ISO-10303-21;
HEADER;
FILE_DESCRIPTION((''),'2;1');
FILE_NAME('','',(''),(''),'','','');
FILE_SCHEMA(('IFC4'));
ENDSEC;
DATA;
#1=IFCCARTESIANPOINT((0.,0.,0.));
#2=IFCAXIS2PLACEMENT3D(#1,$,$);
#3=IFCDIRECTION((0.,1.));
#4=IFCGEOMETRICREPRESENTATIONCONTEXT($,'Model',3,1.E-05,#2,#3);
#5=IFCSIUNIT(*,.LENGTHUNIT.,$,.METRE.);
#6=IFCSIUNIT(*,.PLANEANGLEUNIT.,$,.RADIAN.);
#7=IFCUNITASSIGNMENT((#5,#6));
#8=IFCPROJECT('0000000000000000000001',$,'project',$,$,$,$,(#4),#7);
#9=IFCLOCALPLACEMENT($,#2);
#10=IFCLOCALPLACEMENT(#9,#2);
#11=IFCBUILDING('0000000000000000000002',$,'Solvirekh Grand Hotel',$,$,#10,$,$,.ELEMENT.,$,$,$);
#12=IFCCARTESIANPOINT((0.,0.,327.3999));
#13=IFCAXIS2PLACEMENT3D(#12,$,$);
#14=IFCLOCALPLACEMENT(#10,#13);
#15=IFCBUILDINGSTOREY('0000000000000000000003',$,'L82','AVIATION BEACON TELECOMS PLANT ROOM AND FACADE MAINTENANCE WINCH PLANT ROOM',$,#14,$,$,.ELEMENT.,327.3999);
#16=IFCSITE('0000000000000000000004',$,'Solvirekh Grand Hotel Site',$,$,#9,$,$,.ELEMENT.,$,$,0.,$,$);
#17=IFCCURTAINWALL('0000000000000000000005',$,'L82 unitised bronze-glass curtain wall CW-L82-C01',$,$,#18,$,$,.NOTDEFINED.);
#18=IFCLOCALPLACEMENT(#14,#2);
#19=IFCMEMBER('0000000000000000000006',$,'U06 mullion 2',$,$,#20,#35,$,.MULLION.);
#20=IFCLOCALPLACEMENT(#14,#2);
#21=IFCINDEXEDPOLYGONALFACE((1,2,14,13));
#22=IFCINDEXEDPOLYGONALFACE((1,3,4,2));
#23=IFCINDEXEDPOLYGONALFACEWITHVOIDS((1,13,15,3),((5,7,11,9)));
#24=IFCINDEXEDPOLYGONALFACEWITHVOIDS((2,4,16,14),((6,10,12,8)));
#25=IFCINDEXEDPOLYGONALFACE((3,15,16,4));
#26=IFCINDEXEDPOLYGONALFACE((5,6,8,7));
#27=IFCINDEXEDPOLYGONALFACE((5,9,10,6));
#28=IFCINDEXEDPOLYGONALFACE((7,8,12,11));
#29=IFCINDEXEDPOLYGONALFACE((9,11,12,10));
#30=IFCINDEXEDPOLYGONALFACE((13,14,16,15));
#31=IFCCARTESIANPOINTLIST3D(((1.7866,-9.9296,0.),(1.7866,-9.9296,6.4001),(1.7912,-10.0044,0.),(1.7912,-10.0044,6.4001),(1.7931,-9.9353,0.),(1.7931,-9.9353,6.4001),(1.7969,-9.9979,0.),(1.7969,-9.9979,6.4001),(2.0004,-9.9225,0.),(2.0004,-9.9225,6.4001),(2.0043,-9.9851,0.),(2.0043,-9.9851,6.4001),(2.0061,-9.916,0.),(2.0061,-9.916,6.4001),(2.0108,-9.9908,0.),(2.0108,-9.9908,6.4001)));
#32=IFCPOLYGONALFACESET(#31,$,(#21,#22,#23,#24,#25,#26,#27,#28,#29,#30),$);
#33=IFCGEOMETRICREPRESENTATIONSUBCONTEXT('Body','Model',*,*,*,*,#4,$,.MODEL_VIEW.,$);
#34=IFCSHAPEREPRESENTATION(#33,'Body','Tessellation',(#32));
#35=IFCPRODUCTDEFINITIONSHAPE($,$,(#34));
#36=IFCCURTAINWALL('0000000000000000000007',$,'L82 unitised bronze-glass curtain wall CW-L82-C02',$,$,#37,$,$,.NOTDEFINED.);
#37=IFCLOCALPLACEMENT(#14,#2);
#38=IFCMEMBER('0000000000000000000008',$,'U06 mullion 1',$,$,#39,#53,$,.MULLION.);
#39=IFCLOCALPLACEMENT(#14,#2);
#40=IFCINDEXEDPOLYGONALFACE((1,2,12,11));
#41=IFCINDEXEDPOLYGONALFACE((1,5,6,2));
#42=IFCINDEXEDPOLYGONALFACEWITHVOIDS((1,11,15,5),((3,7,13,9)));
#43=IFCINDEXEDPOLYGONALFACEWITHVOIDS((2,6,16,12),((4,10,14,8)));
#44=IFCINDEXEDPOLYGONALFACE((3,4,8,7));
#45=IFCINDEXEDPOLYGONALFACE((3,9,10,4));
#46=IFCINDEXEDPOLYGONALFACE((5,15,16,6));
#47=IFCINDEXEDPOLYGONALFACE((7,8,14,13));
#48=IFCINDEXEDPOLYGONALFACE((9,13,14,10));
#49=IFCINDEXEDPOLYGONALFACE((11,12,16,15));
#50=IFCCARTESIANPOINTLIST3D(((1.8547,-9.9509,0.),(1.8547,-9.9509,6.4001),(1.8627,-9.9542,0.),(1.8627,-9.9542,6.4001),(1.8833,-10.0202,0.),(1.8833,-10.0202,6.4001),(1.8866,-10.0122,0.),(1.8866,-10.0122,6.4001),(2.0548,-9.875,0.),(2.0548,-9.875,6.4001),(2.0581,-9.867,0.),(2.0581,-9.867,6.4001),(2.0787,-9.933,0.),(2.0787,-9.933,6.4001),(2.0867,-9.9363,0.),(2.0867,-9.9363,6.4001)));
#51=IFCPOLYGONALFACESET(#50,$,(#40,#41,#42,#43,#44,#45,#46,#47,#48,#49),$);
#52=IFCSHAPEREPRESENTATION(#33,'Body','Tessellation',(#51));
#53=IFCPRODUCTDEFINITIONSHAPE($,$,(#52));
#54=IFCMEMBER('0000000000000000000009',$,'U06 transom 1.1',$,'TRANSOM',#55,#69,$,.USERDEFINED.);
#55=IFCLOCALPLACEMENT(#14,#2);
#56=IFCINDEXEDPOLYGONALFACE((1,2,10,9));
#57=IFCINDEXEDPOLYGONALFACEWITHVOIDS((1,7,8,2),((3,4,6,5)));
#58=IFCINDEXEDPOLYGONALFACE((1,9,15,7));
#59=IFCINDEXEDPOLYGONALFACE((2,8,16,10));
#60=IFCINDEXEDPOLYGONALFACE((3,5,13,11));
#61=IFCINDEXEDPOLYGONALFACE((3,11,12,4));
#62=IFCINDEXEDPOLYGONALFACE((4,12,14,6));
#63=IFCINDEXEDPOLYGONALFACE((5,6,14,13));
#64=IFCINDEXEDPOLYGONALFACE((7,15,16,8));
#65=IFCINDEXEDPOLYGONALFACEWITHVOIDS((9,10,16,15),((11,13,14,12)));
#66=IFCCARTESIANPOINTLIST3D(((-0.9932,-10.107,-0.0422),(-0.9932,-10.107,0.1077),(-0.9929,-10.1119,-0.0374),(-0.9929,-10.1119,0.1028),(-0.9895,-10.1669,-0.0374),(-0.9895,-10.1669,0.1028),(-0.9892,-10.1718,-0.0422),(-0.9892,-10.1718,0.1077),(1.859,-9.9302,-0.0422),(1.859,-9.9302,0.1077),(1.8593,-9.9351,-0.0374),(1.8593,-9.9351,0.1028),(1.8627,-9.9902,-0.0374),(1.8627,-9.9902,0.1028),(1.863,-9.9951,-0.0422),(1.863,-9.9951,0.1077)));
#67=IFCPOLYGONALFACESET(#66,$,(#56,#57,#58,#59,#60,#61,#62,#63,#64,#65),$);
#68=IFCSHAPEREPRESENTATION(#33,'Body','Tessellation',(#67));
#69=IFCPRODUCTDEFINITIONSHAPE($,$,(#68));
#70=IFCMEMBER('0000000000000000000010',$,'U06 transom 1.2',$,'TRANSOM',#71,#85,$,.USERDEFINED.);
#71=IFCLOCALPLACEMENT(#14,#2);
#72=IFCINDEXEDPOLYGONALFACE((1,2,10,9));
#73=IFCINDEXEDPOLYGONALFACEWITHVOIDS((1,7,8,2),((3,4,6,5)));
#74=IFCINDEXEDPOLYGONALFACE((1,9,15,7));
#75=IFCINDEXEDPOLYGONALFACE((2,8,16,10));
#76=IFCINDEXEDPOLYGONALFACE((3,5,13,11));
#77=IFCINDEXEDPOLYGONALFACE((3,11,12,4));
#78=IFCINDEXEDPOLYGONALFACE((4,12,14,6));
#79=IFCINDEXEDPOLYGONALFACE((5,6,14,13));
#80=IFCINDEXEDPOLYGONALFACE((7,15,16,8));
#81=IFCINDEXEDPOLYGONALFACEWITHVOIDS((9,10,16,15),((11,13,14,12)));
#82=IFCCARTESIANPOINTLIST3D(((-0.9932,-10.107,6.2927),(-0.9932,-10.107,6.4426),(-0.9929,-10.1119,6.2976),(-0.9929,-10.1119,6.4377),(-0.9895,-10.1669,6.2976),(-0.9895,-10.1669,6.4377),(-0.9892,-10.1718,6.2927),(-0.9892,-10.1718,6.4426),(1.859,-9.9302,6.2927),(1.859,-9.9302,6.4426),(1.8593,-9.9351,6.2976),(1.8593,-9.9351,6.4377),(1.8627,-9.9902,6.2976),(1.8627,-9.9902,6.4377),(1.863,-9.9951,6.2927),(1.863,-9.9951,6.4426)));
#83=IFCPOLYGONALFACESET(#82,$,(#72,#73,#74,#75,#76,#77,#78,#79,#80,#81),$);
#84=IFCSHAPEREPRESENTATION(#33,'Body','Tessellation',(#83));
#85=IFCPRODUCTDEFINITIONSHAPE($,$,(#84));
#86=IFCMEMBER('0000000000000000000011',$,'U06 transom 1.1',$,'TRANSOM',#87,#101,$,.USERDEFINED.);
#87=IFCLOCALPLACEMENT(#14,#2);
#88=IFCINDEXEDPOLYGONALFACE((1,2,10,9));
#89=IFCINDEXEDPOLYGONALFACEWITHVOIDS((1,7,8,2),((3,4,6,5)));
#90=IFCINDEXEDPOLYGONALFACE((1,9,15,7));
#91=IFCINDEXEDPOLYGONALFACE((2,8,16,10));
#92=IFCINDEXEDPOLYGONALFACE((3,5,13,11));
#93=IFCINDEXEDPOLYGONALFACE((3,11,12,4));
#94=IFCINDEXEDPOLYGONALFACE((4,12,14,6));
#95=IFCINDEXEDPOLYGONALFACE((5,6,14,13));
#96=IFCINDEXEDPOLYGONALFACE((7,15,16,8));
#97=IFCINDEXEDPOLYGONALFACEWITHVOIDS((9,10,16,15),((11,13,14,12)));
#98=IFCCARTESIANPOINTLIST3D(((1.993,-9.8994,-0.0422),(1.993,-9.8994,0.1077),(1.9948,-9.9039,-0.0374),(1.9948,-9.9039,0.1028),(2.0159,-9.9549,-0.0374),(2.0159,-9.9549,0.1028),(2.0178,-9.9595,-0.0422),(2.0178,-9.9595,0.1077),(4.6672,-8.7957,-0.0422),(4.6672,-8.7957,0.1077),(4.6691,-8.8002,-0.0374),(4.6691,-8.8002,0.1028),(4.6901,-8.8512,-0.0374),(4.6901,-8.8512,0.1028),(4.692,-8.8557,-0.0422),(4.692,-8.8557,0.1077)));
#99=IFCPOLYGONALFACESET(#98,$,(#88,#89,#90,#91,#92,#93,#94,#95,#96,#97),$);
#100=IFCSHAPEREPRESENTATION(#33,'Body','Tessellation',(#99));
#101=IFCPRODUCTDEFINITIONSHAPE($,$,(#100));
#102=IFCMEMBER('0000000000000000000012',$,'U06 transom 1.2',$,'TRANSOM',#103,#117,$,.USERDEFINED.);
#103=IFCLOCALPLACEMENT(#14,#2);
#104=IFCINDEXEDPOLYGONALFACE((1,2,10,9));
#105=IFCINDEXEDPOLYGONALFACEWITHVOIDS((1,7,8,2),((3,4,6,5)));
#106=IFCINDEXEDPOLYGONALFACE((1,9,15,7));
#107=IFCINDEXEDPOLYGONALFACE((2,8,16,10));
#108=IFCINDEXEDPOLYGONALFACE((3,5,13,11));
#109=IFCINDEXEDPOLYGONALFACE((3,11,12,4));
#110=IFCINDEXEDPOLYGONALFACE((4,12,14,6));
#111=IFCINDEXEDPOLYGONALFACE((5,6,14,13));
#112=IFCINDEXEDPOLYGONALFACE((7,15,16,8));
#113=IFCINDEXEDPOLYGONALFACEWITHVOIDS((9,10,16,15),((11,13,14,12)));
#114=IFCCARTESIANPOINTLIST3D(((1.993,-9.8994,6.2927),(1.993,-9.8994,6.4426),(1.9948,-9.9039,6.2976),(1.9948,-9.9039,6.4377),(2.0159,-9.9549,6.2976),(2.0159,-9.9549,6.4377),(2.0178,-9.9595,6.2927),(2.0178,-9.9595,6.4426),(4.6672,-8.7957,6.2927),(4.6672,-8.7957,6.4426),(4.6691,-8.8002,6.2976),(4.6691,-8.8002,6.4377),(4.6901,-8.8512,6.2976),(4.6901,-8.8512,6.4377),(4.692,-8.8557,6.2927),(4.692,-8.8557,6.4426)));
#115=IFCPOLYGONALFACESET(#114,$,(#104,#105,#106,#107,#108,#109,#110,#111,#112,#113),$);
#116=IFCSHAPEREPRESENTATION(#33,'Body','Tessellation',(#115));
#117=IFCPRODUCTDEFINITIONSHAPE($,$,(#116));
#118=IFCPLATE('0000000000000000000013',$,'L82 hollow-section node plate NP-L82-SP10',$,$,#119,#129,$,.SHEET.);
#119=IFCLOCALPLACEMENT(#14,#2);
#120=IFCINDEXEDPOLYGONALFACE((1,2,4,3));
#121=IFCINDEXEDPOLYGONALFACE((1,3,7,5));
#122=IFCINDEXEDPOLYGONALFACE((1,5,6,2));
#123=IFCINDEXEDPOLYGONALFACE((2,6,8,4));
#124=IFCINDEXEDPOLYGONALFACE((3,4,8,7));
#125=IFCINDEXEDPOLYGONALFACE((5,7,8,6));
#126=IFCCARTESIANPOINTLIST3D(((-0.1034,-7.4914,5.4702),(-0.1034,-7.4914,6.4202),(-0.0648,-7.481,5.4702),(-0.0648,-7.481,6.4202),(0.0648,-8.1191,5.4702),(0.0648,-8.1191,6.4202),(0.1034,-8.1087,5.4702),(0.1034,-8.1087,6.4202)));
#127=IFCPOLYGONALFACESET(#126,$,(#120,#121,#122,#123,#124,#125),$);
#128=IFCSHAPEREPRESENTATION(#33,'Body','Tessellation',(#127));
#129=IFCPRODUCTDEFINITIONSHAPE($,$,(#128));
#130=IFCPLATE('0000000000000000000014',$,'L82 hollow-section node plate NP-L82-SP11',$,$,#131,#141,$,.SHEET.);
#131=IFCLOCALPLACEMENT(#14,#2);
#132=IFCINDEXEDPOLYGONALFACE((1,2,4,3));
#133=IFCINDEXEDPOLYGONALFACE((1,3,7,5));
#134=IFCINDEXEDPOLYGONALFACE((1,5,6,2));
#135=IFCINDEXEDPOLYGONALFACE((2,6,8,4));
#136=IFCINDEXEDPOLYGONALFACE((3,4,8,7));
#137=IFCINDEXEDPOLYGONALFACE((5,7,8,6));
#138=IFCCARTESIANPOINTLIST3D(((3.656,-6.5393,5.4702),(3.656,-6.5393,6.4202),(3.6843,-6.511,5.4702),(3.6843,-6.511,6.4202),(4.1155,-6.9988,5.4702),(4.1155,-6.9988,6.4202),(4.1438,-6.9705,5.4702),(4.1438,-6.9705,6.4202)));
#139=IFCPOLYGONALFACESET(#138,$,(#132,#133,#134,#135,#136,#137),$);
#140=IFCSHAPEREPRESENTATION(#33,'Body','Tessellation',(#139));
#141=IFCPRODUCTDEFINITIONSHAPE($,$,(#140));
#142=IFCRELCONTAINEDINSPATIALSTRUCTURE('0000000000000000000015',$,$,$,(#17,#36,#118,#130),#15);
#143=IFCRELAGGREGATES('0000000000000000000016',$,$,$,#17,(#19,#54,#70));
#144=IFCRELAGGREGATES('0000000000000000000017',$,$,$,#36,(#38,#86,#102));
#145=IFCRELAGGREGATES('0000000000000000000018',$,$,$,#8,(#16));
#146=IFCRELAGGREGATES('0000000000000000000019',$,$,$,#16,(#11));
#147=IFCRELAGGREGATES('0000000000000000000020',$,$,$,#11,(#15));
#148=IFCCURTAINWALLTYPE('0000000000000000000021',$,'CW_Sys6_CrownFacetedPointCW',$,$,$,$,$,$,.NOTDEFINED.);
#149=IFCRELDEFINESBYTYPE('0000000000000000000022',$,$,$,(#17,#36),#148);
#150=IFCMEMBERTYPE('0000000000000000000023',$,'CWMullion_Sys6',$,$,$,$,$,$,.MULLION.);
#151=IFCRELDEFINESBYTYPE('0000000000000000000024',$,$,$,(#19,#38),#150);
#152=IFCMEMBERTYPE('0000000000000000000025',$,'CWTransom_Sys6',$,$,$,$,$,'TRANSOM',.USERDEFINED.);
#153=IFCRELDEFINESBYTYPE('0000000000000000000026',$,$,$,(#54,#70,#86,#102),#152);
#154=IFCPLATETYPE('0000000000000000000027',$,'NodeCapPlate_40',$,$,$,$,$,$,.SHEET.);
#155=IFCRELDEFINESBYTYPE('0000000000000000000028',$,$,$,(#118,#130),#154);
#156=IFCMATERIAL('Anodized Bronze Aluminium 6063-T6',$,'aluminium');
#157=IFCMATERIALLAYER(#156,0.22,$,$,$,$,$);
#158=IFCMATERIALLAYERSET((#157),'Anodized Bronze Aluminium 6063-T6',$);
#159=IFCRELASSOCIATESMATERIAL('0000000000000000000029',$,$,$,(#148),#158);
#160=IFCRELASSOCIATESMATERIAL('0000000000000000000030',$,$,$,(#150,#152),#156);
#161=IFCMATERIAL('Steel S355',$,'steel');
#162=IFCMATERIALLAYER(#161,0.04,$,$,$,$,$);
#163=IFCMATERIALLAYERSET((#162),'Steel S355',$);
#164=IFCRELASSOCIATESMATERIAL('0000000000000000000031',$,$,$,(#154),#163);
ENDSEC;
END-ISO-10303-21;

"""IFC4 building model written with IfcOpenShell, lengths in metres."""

from ifc_helpers import new_model, si_unit, direction, frame, origin, origin_2d, place, context, subcontext, project, spatial, rectangle, hollow_rectangle, extrude, source, transform, mapped, material, layer, layer_set, material_profile, profile_set, type_object, element, aggregate, save


model = new_model("IFC4")

# Units and contexts
model_context = context("Model", 3, precision=1e-05, world=origin(), true_north=direction((0.0, 1.0)))
body_context = subcontext(model_context, "Body", "Model", "MODEL_VIEW")
ifc_project = project(units=[si_unit("LENGTHUNIT", "METRE"), si_unit("PLANEANGLEUNIT", "RADIAN")], contexts=[model_context])

# Site, building, storey
site_placement = place(None, origin())
site = spatial("IfcSite", under=ifc_project, at=site_placement, Name="Solvirekh Grand Hotel Site", CompositionType="ELEMENT", RefElevation=0.0)
building_placement = place(site_placement, origin())
building = spatial("IfcBuilding", under=site, at=building_placement, Name="Solvirekh Grand Hotel", CompositionType="ELEMENT")
storey_placement = place(building_placement, frame((0.0, 0.0, 327.3999)))
storey = spatial("IfcBuildingStorey", under=building, at=storey_placement, Name="L82", Description="AVIATION BEACON TELECOMS PLANT ROOM AND FACADE MAINTENANCE WINCH PLANT ROOM", CompositionType="ELEMENT", Elevation=327.3999)

# Shared definitions
ifc_material_1 = material(Name="Steel S355", Category="steel")

# Curtain walls, members
ifc_material_2 = material(Name="Anodized Bronze Aluminium 6063-T6", Category="aluminium")
ifc_layer_1 = layer(ifc_material_2, 0.22)
ifc_layer_set_1 = layer_set([ifc_layer_1], Name="Anodized Bronze Aluminium 6063-T6")
curtain_wall_type = type_object("IfcCurtainWallType", Name="CW_Sys6_CrownFacetedPointCW", PredefinedType="NOTDEFINED", material=ifc_layer_set_1)
curtain_wall_1_placement = place(storey_placement, origin())
curtain_wall_1 = element("IfcCurtainWall", 1, at=curtain_wall_1_placement, inside=storey, type_object=curtain_wall_type, Name="L82 unitised bronze-glass curtain wall CW-L82-C01", PredefinedType="NOTDEFINED")
ifc_material_profile_1 = material_profile(ifc_material_2, hollow_rectangle(XDim=0.075, YDim=0.22, WallThickness=0.0061, at=origin_2d()), Name="ALU RHS 220X75X6")
ifc_profile_set_1 = profile_set([ifc_material_profile_1], Name="Anodized Bronze Aluminium 6063-T6")
member_type_1 = type_object("IfcMemberType", Name="CWMullion_Sys6", PredefinedType="MULLION", material=ifc_profile_set_1)
shared_shape_1 = source(origin(), body_context, "Body", "SweptSolid", [
    extrude(hollow_rectangle(XDim=0.075, YDim=0.22, WallThickness=0.0061, at=origin_2d()), origin(), (0.0, 0.0, 1.0), 6.4001),
])
member_1_placement = place(storey_placement, frame((1.8987, -9.9602, 0.0), z_axis=(0.0, 0.0, 1.0), x_axis=(-0.06184, 0.998086, 0.0)))
member_1 = element("IfcMember", 2, at=member_1_placement, type_object=member_type_1, Name="U06 mullion 2", PredefinedType="MULLION", context=body_context, shape_type="MappedRepresentation", body=[
    mapped(shared_shape_1, transform((0.0, 0.0, 0.0), x_axis=(1.0, 0.0, 0.0), y_axis=(0.0, 1.0, 0.0), z_axis=(0.0, 0.0, 1.0), scale=1.0)),
])
curtain_wall_2_placement = place(storey_placement, origin())
curtain_wall_2 = element("IfcCurtainWall", 3, at=curtain_wall_2_placement, inside=storey, type_object=curtain_wall_type, Name="L82 unitised bronze-glass curtain wall CW-L82-C02", PredefinedType="NOTDEFINED")
member_2_placement = place(storey_placement, frame((1.9707, -9.9436, 0.0), z_axis=(0.0, 0.0, 1.0), x_axis=(-0.38151, 0.924365, 0.0)))
member_2 = element("IfcMember", 4, at=member_2_placement, type_object=member_type_1, Name="U06 mullion 1", PredefinedType="MULLION", context=body_context, shape_type="MappedRepresentation", body=[
    mapped(shared_shape_1, transform((0.0, 0.0, 0.0), x_axis=(1.0, 0.0, 0.0), y_axis=(0.0, 1.0, 0.0), z_axis=(0.0, 0.0, 1.0), scale=1.0)),
])

# Members
ifc_material_profile_2 = material_profile(ifc_material_2, hollow_rectangle(XDim=0.0649, YDim=0.1499, WallThickness=0.0049, at=origin_2d()), Name="ALU RHS 150X65X5")
ifc_profile_set_2 = profile_set([ifc_material_profile_2], Name="Anodized Bronze Aluminium 6063-T6")
member_type_2 = type_object("IfcMemberType", Name="CWTransom_Sys6", ElementType="TRANSOM", PredefinedType="USERDEFINED", material=ifc_profile_set_2)
shared_shape_2 = source(origin(), body_context, "Body", "SweptSolid", [
    extrude(hollow_rectangle(XDim=0.0649, YDim=0.1499, WallThickness=0.0049, at=origin_2d()), origin(), (0.0, 0.0, 1.0), 2.8577),
])
member_3_placement = place(storey_placement, frame((-0.9912, -10.1394, 0.0327), z_axis=(0.998085, 0.061852, 0.0), x_axis=(-0.061852, 0.998085, 0.0)))
member_3 = element("IfcMember", 5, at=member_3_placement, type_object=member_type_2, Name="U06 transom 1.1", ObjectType="TRANSOM", PredefinedType="USERDEFINED", context=body_context, shape_type="MappedRepresentation", body=[
    mapped(shared_shape_2, transform((0.0, 0.0, 0.0), x_axis=(1.0, 0.0, 0.0), y_axis=(0.0, 1.0, 0.0), z_axis=(0.0, 0.0, 1.0), scale=1.0)),
])
member_4_placement = place(storey_placement, frame((-0.9912, -10.1394, 6.3677), z_axis=(0.998085, 0.061852, 0.0), x_axis=(-0.061852, 0.998085, 0.0)))
member_4 = element("IfcMember", 6, at=member_4_placement, type_object=member_type_2, Name="U06 transom 1.2", ObjectType="TRANSOM", PredefinedType="USERDEFINED", context=body_context, shape_type="MappedRepresentation", body=[
    mapped(shared_shape_2, transform((0.0, 0.0, 0.0), x_axis=(1.0, 0.0, 0.0), y_axis=(0.0, 1.0, 0.0), z_axis=(0.0, 0.0, 1.0), scale=1.0)),
])
shared_shape_3 = source(origin(), body_context, "Body", "SweptSolid", [
    extrude(hollow_rectangle(XDim=0.0649, YDim=0.1499, WallThickness=0.0049, at=origin_2d()), origin(), (0.0, 0.0, 1.0), 2.8931),
])
member_5_placement = place(storey_placement, frame((2.0054, -9.9294, 0.0327), z_axis=(0.924365, 0.381509, 0.0), x_axis=(-0.381509, 0.924365, 0.0)))
member_5 = element("IfcMember", 7, at=member_5_placement, type_object=member_type_2, Name="U06 transom 1.1", ObjectType="TRANSOM", PredefinedType="USERDEFINED", context=body_context, shape_type="MappedRepresentation", body=[
    mapped(shared_shape_3, transform((0.0, 0.0, 0.0), x_axis=(1.0, 0.0, 0.0), y_axis=(0.0, 1.0, 0.0), z_axis=(0.0, 0.0, 1.0), scale=1.0)),
])
member_6_placement = place(storey_placement, frame((2.0054, -9.9294, 6.3677), z_axis=(0.924365, 0.381509, 0.0), x_axis=(-0.381509, 0.924365, 0.0)))
member_6 = element("IfcMember", 8, at=member_6_placement, type_object=member_type_2, Name="U06 transom 1.2", ObjectType="TRANSOM", PredefinedType="USERDEFINED", context=body_context, shape_type="MappedRepresentation", body=[
    mapped(shared_shape_3, transform((0.0, 0.0, 0.0), x_axis=(1.0, 0.0, 0.0), y_axis=(0.0, 1.0, 0.0), z_axis=(0.0, 0.0, 1.0), scale=1.0)),
])

# Plates
ifc_layer_2 = layer(ifc_material_1, 0.04)
ifc_layer_set_2 = layer_set([ifc_layer_2], Name="Steel S355")
plate_type_1 = type_object("IfcPlateType", Name="NodeCapPlate_40", PredefinedType="SHEET", material=ifc_layer_set_2)
for number, where, z_axis, x_axis, name in (
    (9, (0.0, -7.8, 5.4702), (0.0, 0.0, 1.0), (0.965926, 0.258819, 0.0), "L82 hollow-section node plate NP-L82-SP10"),
    (10, (3.8999, -6.7549, 5.4702), (0.0, 0.0, 1.0), (0.707107, 0.707107, 0.0), "L82 hollow-section node plate NP-L82-SP11"),
):
    element("IfcPlate", number, at=place(storey_placement, frame(where, z_axis=z_axis, x_axis=x_axis)), inside=storey, type_object=plate_type_1, Name=name, PredefinedType="SHEET", context=body_context, shape_type="SweptSolid", body=[
        extrude(rectangle(XDim=0.04, YDim=0.6499, at=origin_2d()), origin(), (0.0, 0.0, 1.0), 0.95),
    ])

aggregate(curtain_wall_1, [member_1, member_3, member_4])
aggregate(curtain_wall_2, [member_2, member_5, member_6])

save(model, "model.ifc")
